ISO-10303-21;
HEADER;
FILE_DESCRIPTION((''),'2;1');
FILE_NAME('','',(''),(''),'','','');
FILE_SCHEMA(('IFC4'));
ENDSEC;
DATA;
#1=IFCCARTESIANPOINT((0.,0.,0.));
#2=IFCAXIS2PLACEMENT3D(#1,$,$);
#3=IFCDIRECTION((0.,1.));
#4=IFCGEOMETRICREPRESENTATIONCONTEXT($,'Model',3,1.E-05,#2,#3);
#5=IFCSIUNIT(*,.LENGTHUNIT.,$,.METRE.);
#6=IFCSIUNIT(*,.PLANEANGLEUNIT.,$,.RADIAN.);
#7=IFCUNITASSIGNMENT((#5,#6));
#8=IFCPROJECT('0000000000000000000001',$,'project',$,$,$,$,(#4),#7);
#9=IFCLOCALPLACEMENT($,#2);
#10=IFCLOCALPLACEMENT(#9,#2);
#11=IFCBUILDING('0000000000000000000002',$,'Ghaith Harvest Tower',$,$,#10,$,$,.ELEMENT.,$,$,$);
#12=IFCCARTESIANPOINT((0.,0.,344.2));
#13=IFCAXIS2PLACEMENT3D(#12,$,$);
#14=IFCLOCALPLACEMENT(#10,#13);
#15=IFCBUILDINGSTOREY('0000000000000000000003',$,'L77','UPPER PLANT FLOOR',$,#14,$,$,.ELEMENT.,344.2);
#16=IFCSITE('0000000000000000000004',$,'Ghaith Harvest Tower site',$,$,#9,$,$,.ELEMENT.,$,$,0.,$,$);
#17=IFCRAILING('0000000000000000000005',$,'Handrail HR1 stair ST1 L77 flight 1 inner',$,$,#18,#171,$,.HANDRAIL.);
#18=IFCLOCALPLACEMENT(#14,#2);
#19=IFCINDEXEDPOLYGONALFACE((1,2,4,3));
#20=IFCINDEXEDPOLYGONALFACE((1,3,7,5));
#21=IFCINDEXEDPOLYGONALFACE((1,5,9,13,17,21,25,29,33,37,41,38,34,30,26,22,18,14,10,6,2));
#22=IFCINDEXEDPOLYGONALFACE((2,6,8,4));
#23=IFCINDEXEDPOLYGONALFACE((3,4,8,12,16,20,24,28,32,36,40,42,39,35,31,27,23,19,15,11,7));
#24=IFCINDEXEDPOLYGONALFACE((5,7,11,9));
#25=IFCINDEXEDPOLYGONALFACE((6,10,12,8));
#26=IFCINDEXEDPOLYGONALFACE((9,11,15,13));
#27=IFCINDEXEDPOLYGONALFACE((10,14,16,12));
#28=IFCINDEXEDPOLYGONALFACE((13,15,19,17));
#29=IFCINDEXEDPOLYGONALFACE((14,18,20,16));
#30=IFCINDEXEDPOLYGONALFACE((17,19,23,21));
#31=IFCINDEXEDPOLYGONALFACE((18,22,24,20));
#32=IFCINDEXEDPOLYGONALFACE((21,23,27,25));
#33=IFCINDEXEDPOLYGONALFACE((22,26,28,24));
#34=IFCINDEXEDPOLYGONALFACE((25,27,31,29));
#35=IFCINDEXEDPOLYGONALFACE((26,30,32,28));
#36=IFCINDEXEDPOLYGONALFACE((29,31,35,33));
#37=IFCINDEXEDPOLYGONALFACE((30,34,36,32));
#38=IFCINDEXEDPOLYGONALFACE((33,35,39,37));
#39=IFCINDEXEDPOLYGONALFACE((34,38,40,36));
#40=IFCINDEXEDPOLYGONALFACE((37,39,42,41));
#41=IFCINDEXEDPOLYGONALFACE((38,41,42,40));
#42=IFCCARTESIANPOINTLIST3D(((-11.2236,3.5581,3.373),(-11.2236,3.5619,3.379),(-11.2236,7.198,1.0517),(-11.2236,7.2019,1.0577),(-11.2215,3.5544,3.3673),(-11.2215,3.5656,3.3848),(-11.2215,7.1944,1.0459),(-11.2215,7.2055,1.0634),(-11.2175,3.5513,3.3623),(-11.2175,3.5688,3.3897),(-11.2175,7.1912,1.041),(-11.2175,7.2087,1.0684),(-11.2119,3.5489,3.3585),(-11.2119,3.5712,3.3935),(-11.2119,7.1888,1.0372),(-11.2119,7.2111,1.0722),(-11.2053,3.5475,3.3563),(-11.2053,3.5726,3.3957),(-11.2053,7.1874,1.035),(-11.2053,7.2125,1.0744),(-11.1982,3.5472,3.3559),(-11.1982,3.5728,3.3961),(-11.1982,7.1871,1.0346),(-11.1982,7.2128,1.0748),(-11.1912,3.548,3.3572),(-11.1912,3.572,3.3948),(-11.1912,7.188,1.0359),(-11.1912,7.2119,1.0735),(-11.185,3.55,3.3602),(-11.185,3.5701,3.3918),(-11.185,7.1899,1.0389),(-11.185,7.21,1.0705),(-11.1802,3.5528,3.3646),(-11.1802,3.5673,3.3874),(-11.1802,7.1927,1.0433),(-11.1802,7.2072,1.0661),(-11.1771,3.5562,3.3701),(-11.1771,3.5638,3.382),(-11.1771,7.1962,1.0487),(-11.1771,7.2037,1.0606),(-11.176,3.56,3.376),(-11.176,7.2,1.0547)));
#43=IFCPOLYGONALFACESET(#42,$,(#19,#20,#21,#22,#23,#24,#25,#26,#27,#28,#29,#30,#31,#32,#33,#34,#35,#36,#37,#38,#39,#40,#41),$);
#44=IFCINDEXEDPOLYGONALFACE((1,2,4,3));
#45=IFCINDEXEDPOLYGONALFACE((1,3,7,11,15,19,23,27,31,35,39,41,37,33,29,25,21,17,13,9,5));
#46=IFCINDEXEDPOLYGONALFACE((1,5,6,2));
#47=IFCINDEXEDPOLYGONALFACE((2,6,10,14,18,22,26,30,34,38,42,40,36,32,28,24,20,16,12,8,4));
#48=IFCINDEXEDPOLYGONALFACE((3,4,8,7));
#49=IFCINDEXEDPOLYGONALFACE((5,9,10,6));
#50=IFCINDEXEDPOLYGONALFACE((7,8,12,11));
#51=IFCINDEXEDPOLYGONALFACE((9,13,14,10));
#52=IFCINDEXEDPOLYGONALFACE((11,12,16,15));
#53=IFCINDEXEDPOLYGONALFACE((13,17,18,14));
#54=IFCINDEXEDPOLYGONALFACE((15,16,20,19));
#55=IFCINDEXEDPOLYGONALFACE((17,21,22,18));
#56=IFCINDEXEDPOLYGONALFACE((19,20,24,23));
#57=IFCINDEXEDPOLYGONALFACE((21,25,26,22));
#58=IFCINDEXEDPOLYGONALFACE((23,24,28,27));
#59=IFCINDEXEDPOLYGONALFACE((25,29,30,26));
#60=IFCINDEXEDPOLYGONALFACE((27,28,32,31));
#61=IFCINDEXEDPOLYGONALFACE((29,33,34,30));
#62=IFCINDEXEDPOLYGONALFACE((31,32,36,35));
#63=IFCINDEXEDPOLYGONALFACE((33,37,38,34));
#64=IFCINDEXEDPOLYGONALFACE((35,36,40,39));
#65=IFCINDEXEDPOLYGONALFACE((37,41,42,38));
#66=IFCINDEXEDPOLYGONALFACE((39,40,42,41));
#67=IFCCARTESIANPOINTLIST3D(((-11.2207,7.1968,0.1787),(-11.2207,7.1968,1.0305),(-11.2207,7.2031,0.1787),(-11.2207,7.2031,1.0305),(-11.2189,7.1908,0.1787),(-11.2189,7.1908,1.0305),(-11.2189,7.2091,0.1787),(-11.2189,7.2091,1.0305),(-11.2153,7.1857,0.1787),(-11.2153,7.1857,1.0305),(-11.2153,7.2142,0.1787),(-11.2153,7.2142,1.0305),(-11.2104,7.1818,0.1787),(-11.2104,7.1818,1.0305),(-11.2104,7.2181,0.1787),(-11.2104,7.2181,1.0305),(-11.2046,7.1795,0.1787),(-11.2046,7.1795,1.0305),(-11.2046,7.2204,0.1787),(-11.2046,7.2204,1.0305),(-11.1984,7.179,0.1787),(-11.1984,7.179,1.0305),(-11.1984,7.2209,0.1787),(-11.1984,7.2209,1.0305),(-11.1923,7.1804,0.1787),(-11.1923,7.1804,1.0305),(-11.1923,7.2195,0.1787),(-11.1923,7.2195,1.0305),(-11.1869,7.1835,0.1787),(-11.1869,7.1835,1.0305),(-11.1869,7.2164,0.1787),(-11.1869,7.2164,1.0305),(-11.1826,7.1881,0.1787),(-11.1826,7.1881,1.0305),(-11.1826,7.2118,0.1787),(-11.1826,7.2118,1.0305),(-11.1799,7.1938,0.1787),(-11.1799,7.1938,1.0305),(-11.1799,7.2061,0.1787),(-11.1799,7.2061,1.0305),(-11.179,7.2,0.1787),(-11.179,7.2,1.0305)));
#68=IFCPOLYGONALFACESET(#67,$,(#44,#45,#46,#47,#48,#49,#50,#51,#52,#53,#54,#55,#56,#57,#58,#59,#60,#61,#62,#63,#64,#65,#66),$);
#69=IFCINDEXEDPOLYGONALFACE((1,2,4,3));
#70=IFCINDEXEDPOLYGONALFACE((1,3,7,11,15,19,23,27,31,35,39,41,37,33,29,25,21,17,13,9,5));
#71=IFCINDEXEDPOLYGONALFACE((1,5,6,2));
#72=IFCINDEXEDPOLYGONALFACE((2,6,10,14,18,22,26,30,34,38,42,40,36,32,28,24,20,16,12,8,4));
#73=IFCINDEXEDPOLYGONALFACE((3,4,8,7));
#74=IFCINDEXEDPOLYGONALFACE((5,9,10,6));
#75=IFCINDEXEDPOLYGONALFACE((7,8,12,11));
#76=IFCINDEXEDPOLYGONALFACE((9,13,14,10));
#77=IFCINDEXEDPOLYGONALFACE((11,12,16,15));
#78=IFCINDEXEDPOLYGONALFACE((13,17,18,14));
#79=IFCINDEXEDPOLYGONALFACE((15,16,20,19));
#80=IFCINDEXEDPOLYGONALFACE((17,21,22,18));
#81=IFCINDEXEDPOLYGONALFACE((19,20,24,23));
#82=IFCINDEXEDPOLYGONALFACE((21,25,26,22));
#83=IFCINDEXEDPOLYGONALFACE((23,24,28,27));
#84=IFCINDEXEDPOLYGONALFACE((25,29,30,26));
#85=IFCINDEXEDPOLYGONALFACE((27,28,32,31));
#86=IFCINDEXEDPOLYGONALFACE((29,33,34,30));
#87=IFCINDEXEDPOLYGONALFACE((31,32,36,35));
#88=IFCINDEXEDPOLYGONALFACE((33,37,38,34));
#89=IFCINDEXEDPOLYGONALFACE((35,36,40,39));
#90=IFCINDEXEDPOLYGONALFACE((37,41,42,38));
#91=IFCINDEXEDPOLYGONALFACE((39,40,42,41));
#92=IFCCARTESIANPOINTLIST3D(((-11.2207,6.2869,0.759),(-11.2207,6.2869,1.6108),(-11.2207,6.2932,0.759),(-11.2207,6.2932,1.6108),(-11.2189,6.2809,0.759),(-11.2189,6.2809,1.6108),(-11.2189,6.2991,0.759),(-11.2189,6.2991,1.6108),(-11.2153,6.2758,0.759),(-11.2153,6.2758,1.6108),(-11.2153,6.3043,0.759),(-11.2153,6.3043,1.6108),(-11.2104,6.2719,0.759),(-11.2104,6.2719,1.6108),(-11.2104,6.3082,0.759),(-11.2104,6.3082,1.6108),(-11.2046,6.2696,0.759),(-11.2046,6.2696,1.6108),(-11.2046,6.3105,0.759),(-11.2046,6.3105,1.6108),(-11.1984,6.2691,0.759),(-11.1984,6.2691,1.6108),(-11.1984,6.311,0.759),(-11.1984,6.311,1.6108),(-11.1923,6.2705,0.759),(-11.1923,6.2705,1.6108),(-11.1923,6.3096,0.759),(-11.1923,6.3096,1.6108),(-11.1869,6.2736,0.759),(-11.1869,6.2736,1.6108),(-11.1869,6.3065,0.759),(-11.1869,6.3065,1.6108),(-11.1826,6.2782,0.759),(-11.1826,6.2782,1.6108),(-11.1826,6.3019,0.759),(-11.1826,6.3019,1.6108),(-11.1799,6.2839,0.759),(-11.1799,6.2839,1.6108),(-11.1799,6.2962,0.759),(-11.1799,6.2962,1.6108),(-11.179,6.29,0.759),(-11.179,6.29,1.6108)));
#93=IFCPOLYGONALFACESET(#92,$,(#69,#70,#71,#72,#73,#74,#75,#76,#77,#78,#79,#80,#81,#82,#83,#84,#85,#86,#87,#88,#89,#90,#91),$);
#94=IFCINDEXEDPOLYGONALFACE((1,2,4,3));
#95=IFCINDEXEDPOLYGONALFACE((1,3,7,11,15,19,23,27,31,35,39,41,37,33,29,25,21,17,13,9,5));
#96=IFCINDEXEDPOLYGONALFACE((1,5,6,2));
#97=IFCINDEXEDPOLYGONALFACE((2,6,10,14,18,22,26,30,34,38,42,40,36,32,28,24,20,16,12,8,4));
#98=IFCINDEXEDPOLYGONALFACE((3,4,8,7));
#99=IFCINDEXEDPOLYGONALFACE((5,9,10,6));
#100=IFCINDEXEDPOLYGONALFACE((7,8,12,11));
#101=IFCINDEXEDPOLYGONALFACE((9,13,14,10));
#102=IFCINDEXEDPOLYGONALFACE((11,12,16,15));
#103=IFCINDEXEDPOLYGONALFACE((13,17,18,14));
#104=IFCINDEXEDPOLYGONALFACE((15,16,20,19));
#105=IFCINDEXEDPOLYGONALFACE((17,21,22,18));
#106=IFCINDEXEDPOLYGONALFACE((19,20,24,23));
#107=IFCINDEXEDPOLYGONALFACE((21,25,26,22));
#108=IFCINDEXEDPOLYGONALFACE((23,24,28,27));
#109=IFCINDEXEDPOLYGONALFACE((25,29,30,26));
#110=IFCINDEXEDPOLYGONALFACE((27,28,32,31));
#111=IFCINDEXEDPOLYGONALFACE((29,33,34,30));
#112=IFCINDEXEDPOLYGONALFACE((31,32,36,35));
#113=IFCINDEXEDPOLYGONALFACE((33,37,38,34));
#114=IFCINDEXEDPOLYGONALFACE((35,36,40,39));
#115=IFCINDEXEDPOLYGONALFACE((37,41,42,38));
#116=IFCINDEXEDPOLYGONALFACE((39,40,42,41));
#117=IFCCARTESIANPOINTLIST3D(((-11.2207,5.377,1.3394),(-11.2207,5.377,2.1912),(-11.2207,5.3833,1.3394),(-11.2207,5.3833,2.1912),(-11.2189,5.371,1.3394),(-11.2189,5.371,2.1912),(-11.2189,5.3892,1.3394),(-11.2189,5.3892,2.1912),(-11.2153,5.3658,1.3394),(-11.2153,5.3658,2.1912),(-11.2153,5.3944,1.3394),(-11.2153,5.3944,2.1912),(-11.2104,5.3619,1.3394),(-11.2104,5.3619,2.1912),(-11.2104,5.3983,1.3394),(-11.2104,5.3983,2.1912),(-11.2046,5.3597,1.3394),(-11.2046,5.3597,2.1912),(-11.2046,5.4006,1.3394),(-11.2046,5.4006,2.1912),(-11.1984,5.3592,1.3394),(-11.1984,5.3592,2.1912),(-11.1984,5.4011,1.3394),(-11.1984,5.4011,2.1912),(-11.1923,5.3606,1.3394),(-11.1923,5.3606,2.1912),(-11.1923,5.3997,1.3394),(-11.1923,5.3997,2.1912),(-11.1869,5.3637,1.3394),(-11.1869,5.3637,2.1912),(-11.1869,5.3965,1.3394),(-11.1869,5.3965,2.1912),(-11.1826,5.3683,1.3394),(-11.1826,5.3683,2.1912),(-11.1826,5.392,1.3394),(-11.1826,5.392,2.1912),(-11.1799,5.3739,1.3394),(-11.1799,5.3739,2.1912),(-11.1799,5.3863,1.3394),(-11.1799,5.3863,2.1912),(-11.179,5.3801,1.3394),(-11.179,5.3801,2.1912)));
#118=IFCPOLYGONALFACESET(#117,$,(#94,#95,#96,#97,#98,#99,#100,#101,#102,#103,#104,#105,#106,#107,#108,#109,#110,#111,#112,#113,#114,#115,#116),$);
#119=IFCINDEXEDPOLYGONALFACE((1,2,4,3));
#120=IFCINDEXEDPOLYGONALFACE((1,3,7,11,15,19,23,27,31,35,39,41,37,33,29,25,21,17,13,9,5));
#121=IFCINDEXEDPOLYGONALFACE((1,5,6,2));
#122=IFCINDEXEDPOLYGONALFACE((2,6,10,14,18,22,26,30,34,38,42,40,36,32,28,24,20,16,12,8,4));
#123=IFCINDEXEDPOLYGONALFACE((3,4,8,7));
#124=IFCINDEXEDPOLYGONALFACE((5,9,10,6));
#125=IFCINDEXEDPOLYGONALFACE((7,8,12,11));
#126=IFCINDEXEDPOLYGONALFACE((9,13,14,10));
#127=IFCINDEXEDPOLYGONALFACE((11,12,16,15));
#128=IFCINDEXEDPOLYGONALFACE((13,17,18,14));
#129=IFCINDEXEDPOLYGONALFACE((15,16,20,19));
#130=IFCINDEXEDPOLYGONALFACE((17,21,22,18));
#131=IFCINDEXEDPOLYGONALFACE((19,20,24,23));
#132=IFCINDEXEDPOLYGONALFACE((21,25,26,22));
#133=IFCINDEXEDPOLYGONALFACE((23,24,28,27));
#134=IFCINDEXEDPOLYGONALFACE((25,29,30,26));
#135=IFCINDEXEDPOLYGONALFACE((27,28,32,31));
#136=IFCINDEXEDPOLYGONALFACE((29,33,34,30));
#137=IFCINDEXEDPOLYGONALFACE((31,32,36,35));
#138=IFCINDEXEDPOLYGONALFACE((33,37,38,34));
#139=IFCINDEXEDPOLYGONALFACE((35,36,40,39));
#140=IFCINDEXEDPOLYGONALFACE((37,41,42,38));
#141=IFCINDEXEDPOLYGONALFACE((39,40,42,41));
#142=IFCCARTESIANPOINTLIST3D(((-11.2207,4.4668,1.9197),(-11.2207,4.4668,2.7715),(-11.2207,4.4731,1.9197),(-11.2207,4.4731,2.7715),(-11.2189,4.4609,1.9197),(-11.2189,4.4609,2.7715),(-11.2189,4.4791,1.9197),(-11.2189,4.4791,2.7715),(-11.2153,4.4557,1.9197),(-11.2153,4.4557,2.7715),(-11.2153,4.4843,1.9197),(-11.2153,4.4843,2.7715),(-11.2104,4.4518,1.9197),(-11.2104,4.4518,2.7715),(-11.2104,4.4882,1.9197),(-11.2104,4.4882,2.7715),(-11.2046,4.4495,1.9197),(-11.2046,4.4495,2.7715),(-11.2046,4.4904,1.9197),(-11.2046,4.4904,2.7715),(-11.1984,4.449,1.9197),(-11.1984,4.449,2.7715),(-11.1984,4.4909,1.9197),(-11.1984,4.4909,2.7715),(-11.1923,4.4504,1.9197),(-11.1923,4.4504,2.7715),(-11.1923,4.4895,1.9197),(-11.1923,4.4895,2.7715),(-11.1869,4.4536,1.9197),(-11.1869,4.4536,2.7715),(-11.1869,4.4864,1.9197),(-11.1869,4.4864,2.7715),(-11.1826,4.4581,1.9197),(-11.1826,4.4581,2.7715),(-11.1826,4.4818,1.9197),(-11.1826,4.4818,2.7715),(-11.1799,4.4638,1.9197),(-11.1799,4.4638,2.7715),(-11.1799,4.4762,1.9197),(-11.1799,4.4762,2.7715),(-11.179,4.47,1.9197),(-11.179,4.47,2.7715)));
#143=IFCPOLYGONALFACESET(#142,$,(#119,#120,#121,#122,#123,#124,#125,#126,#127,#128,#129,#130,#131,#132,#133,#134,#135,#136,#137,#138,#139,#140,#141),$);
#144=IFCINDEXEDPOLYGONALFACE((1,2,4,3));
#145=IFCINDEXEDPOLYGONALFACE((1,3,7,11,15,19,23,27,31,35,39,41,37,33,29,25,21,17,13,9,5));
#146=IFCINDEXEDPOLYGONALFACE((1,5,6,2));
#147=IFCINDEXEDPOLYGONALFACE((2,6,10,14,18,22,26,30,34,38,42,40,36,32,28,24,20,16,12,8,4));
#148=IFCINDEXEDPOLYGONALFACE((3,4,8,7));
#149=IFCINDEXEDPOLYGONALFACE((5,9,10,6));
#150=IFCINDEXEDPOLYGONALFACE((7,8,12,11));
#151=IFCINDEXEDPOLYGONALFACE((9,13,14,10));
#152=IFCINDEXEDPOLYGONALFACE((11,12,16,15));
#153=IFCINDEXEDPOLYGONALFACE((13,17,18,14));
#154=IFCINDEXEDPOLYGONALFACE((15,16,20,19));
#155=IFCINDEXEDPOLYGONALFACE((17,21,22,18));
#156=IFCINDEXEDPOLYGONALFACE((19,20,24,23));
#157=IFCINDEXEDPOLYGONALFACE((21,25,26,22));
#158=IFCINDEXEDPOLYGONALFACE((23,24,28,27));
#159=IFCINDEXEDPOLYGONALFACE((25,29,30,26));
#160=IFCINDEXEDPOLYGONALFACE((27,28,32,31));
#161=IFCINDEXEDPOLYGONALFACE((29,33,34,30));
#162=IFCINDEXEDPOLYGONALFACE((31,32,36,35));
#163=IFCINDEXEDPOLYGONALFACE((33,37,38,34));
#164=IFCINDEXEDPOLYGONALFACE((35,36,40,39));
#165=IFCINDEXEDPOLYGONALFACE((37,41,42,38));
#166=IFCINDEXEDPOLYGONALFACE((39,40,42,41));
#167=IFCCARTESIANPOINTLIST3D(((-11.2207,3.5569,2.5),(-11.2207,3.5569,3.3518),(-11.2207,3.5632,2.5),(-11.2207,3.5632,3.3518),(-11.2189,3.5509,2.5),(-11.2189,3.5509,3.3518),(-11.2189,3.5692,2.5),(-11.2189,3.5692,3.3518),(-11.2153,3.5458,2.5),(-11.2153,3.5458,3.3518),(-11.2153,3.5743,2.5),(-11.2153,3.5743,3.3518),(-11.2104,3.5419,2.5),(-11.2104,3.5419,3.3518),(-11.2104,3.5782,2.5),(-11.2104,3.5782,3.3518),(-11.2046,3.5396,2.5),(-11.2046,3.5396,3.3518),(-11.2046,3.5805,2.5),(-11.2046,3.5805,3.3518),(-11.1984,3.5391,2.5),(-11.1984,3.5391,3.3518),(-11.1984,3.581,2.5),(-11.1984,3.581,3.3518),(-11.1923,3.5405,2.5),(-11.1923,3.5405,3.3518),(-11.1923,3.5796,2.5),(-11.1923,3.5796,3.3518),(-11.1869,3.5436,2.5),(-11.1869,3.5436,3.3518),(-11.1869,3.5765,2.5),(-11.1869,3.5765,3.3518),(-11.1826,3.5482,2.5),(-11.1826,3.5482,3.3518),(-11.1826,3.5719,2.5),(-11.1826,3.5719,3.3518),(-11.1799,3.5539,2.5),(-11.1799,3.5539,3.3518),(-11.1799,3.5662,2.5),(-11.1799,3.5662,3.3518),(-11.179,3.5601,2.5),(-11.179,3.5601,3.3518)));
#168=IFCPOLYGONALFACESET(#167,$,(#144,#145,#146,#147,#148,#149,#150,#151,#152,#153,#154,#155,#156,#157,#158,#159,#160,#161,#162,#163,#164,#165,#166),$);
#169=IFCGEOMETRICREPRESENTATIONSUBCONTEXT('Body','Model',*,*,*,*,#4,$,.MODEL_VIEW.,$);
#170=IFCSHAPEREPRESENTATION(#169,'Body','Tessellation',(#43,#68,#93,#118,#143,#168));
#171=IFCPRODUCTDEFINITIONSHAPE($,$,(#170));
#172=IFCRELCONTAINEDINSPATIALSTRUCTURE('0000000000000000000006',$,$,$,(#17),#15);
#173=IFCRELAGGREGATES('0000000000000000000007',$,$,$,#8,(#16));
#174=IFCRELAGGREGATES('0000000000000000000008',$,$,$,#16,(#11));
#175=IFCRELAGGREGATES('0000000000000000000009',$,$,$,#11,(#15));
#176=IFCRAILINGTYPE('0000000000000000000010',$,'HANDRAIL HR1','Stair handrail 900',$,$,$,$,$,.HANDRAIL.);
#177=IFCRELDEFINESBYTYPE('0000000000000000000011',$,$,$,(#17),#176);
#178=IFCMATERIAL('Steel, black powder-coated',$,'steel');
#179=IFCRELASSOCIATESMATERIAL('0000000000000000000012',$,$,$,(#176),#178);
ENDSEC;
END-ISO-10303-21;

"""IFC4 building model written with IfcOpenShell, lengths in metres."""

from ifc_helpers import new_model, si_unit, direction, frame, origin, origin_2d, place, context, subcontext, project, spatial, circle, extrude, material, type_object, element, save


model = new_model("IFC4")

# Units and contexts
model_context = context("Model", 3, precision=1e-05, world=origin(), true_north=direction((0.0, 1.0)))
body_context = subcontext(model_context, "Body", "Model", "MODEL_VIEW")
ifc_project = project(units=[si_unit("LENGTHUNIT", "METRE"), si_unit("PLANEANGLEUNIT", "RADIAN")], contexts=[model_context])

# Site, building, storey
site_placement = place(None, origin())
site = spatial("IfcSite", under=ifc_project, at=site_placement, Name="Ghaith Harvest Tower site", CompositionType="ELEMENT", RefElevation=0.0)
building_placement = place(site_placement, origin())
building = spatial("IfcBuilding", under=site, at=building_placement, Name="Ghaith Harvest Tower", CompositionType="ELEMENT")
storey_placement = place(building_placement, frame((0.0, 0.0, 344.2)))
storey = spatial("IfcBuildingStorey", under=building, at=storey_placement, Name="L77", Description="UPPER PLANT FLOOR", CompositionType="ELEMENT", Elevation=344.2)

# Railing
ifc_material_1 = material(Name="Steel, black powder-coated", Category="steel")
railing_type = type_object("IfcRailingType", Name="HANDRAIL HR1", Description="Stair handrail 900", PredefinedType="HANDRAIL", material=ifc_material_1)
railing_1_placement = place(storey_placement, frame((-11.2, 7.2, 0.1787)))
element("IfcRailing", 1, at=railing_1_placement, inside=storey, type_object=railing_type, Name="Handrail HR1 stair ST1 L77 flight 1 inner", PredefinedType="HANDRAIL", context=body_context, shape_type="SweptSolid", body=[
    extrude(circle(Radius=0.0239, at=origin_2d()), frame((0.0, 0.0, 0.876), z_axis=(0.0, -0.843137, 0.537699), x_axis=(1.0, 0.0, 0.0)), (0.0, 0.0, 1.0), 4.3171),
    extrude(circle(Radius=0.021, at=origin_2d()), origin(), (0.0, 0.0, 1.0), 0.8518),
    extrude(circle(Radius=0.021, at=origin_2d()), frame((0.0, -0.9099, 0.5803)), (0.0, 0.0, 1.0), 0.8518),
    extrude(circle(Radius=0.021, at=origin_2d()), frame((0.0, -1.8198, 1.1606)), (0.0, 0.0, 1.0), 0.8518),
    extrude(circle(Radius=0.021, at=origin_2d()), frame((0.0, -2.73, 1.741)), (0.0, 0.0, 1.0), 0.8518),
    extrude(circle(Radius=0.021, at=origin_2d()), frame((0.0, -3.6399, 2.3213)), (0.0, 0.0, 1.0), 0.8518),
])

save(model, "model.ifc")
